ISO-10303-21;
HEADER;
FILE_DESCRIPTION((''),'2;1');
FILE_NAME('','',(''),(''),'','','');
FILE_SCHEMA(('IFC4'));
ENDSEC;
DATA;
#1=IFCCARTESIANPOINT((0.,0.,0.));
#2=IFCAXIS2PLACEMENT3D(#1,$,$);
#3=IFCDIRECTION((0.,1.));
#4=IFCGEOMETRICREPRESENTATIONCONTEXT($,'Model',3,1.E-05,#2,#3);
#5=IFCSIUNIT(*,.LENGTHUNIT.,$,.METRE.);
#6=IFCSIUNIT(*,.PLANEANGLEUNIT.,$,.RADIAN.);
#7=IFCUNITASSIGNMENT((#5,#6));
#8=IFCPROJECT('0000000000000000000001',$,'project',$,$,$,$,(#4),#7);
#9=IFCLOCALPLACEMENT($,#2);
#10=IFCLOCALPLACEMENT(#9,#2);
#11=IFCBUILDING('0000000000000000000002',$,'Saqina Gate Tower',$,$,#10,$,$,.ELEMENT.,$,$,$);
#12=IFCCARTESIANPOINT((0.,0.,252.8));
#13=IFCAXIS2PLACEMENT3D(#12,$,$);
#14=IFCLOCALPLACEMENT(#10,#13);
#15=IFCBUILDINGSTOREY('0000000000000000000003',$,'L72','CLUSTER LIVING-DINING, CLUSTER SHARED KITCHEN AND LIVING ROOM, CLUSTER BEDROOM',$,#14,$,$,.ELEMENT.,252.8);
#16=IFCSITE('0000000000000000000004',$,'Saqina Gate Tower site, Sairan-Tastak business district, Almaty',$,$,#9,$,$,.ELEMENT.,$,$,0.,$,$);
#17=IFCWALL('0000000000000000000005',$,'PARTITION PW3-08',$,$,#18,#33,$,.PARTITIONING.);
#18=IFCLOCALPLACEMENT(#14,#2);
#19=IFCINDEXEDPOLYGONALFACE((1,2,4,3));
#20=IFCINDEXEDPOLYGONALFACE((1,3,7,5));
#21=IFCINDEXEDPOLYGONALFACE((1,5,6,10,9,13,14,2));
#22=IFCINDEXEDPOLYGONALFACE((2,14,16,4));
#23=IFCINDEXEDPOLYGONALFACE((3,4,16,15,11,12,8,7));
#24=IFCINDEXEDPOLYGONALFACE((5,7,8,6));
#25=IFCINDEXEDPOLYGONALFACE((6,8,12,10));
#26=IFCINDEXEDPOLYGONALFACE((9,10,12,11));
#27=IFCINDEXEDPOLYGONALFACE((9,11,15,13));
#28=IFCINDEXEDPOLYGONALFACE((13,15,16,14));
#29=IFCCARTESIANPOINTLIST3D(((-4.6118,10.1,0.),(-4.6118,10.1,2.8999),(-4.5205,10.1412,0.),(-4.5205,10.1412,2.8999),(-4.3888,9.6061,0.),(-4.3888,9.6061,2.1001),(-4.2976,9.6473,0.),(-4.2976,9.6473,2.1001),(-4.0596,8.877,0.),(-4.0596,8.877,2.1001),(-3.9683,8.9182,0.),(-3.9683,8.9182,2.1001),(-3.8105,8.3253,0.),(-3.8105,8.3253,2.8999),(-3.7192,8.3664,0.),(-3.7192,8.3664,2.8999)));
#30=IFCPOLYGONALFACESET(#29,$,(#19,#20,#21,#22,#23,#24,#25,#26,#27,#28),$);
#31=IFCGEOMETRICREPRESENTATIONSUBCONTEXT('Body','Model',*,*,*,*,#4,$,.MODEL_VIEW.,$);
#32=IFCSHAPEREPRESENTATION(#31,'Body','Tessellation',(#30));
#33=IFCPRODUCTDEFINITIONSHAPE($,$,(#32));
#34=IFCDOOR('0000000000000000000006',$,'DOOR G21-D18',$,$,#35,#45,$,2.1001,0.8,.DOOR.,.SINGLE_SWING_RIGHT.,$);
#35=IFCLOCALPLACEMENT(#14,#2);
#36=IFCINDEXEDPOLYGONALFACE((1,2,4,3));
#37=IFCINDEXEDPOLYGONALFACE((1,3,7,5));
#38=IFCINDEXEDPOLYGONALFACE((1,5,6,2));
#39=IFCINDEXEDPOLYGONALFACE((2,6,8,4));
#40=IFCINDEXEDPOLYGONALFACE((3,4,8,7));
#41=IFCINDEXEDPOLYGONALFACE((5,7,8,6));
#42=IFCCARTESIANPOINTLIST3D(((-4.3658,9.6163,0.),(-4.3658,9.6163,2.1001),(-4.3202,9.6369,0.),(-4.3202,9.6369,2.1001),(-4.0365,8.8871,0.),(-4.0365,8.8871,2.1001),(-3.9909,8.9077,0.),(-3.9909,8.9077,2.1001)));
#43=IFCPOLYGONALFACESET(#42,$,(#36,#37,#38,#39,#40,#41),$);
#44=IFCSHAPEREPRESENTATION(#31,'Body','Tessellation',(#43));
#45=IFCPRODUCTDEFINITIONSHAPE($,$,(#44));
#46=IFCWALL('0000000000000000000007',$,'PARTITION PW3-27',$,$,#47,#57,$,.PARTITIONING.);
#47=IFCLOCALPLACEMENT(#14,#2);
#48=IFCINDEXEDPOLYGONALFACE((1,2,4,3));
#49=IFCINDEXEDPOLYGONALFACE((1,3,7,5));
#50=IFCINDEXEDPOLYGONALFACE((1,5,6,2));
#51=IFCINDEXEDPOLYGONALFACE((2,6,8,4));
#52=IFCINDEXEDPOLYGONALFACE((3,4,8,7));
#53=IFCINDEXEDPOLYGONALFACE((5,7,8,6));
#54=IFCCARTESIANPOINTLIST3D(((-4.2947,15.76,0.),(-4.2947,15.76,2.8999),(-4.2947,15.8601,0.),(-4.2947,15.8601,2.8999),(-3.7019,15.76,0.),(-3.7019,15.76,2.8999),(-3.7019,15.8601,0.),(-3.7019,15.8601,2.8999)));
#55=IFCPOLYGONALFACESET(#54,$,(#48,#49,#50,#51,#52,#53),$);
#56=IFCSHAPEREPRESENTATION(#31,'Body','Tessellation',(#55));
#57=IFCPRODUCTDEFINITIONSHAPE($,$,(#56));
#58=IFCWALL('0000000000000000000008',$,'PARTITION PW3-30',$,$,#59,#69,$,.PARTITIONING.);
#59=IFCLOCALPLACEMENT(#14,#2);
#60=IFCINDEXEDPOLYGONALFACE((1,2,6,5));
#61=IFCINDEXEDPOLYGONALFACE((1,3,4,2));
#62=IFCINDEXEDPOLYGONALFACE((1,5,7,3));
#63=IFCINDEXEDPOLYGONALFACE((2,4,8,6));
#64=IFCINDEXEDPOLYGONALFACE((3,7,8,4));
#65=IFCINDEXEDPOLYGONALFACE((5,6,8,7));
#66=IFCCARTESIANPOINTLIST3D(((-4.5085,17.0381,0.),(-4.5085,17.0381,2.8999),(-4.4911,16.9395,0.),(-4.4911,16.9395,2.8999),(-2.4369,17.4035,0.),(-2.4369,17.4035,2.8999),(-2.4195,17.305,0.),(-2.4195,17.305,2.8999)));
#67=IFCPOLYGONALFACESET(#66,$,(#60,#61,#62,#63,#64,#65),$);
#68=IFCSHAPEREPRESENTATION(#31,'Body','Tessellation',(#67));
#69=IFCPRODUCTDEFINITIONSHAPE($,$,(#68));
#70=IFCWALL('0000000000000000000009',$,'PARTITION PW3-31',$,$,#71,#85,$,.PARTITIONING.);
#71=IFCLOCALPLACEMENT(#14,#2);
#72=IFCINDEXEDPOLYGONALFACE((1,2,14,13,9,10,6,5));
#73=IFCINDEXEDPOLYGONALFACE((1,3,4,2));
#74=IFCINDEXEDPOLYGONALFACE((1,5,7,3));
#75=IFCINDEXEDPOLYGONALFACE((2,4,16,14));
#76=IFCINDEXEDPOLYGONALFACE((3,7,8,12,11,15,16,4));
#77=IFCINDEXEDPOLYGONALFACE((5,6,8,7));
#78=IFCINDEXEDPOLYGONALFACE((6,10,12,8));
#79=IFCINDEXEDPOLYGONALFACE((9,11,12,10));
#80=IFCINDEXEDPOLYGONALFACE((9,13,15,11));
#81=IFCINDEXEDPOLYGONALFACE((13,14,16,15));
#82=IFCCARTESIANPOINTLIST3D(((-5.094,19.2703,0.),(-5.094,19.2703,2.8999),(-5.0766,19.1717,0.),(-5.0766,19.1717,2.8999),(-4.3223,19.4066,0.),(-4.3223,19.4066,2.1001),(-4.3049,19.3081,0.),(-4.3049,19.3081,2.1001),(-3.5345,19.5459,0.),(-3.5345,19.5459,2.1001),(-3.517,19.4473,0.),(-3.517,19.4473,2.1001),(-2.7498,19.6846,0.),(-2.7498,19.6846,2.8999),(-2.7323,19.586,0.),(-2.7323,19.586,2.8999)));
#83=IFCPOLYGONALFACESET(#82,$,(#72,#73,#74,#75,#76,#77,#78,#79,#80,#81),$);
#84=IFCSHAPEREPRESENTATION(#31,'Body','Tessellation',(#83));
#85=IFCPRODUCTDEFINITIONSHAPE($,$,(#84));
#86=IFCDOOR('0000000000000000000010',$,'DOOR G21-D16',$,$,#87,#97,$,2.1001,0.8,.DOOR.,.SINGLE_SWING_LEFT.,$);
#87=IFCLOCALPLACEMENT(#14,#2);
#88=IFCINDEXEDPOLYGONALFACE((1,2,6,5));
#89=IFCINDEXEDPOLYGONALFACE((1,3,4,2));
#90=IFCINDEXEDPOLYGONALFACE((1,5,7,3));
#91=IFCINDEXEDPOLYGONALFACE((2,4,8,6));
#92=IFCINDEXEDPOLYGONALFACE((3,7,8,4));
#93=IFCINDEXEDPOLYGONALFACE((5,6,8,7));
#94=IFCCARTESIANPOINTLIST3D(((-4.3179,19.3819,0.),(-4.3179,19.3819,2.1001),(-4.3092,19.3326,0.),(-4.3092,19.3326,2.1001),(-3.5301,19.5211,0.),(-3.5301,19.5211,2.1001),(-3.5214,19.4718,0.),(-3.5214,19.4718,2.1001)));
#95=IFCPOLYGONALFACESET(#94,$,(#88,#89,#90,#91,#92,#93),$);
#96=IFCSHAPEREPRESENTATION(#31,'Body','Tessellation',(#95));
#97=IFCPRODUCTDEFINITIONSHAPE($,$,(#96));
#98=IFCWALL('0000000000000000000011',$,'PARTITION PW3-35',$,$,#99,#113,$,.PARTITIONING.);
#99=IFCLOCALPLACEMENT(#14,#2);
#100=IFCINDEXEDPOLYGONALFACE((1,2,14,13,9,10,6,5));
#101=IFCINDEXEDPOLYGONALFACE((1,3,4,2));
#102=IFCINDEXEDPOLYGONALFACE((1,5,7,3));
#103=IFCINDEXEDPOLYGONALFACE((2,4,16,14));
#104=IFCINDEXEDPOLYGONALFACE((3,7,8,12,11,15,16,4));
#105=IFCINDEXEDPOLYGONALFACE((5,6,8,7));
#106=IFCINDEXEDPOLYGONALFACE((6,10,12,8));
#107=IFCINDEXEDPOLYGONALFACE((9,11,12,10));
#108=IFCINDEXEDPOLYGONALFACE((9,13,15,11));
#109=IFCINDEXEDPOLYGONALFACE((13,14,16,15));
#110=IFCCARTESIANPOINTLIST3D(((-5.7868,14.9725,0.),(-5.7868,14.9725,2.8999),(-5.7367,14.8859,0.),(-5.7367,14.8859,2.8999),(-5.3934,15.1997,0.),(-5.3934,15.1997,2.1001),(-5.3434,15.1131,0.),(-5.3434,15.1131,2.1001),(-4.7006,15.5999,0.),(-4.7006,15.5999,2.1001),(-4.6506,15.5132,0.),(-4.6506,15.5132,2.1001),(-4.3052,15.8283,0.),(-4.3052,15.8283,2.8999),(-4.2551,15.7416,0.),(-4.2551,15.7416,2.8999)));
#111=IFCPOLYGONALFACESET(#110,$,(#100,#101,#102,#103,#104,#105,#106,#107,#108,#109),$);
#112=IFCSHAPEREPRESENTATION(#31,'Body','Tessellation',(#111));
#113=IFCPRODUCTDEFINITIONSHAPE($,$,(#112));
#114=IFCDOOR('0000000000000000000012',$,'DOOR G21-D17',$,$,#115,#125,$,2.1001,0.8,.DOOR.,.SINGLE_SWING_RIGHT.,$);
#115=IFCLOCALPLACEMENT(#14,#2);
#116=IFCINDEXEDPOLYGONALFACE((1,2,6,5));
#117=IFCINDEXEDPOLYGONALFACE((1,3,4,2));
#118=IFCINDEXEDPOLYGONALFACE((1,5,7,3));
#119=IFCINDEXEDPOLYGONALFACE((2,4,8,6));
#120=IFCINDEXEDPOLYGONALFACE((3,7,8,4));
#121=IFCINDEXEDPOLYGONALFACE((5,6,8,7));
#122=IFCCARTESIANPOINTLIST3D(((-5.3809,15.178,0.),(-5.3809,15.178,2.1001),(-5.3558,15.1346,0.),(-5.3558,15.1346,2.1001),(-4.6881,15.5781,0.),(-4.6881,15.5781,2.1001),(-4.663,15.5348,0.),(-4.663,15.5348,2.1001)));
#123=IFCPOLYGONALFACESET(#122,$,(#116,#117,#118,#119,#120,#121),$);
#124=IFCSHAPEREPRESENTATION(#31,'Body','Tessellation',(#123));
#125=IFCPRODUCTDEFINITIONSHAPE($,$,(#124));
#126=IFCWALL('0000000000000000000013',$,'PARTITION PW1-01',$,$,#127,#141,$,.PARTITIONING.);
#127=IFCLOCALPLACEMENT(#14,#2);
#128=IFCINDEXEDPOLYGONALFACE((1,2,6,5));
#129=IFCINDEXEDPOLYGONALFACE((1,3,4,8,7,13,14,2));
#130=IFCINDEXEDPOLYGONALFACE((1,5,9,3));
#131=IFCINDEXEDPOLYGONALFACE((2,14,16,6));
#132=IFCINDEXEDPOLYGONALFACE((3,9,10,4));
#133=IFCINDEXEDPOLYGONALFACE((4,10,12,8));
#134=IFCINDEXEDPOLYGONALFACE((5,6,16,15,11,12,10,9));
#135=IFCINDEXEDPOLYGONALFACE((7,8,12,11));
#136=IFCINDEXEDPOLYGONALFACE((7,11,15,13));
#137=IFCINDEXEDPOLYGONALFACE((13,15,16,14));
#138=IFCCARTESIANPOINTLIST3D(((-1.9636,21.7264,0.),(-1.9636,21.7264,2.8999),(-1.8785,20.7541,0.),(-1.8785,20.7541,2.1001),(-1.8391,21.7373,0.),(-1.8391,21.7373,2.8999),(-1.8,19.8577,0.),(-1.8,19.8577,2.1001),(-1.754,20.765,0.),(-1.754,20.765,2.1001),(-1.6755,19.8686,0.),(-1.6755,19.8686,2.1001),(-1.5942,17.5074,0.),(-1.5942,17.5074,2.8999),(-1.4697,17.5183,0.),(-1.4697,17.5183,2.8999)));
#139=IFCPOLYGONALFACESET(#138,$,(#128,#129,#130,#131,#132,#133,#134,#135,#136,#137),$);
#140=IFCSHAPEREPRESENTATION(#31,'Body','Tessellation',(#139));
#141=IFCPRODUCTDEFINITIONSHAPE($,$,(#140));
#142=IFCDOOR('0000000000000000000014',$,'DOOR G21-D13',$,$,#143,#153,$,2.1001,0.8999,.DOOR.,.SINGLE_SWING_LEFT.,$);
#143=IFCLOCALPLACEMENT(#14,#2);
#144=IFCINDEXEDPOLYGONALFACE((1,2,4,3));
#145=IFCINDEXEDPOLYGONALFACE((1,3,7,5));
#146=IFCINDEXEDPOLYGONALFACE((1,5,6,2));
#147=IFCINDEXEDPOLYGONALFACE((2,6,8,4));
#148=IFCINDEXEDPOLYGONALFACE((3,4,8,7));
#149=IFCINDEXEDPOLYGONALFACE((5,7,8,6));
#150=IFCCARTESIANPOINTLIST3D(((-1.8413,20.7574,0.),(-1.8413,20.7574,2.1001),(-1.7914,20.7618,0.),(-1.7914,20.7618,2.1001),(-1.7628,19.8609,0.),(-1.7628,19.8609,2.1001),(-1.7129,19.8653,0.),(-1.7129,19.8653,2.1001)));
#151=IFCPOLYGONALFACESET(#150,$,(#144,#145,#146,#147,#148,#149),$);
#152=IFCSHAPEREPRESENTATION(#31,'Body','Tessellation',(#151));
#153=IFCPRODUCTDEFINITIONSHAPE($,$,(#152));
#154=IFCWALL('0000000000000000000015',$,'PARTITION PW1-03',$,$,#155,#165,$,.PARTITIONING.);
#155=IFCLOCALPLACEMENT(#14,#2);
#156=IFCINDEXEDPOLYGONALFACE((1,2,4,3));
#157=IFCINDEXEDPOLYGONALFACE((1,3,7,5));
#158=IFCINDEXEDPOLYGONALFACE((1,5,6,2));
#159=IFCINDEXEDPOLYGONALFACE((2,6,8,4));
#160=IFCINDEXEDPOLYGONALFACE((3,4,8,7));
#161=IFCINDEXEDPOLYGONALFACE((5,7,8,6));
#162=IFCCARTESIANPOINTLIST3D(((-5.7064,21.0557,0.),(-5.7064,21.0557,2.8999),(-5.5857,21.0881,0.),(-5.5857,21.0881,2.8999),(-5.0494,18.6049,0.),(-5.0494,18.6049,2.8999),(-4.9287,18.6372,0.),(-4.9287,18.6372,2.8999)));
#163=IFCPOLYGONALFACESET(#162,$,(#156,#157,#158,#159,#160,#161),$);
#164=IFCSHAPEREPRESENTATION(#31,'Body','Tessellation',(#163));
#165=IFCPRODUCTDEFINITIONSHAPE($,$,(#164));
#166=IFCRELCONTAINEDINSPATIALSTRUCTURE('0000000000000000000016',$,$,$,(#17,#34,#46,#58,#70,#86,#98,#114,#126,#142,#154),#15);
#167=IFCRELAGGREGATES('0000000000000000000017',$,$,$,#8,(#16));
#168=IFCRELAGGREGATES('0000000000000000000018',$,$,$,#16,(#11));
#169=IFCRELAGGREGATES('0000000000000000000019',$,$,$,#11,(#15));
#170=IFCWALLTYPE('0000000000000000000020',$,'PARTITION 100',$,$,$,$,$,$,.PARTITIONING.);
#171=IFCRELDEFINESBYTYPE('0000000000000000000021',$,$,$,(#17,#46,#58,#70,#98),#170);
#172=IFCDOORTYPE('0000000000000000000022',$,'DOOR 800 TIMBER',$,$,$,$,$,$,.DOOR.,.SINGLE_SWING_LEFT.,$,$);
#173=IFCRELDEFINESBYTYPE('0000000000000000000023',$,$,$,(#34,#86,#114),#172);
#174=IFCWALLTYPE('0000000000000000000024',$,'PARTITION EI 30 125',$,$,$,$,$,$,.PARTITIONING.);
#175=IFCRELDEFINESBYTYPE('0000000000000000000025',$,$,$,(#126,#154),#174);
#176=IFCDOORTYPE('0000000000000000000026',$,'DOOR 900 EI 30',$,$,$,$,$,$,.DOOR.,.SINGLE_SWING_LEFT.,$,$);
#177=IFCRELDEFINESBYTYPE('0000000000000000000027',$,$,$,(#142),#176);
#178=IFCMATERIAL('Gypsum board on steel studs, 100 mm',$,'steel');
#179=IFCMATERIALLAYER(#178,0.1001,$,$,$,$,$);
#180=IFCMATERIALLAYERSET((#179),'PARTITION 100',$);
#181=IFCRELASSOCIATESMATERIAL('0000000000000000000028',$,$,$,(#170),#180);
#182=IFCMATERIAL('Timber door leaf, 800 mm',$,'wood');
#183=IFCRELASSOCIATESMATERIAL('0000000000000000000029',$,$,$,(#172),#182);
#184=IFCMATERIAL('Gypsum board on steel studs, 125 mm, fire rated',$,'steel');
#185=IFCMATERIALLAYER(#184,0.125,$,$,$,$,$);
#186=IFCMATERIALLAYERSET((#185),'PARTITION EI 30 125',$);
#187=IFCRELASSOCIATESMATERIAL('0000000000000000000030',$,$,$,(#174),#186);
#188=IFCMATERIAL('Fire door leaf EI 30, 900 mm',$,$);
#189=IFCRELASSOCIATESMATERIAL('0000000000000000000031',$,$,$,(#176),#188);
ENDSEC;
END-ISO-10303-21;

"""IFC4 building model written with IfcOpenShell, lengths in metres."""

from ifc_helpers import new_model, si_unit, direction, frame, frame_2d, origin, place, context, subcontext, project, spatial, rectangle, extrude, material, layer, layer_set, type_object, element, fill, save


model = new_model("IFC4")

# Units and contexts
model_context = context("Model", 3, precision=1e-05, world=origin(), true_north=direction((0.0, 1.0)))
body_context = subcontext(model_context, "Body", "Model", "MODEL_VIEW")
ifc_project = project(units=[si_unit("LENGTHUNIT", "METRE"), si_unit("PLANEANGLEUNIT", "RADIAN")], contexts=[model_context])

# Site, building, storey
site_placement = place(None, origin())
site = spatial("IfcSite", under=ifc_project, at=site_placement, Name="Saqina Gate Tower site, Sairan-Tastak business district, Almaty", CompositionType="ELEMENT", RefElevation=0.0)
building_placement = place(site_placement, origin())
building = spatial("IfcBuilding", under=site, at=building_placement, Name="Saqina Gate Tower", CompositionType="ELEMENT")
storey_placement = place(building_placement, frame((0.0, 0.0, 252.8)))
storey = spatial("IfcBuildingStorey", under=building, at=storey_placement, Name="L72", Description="CLUSTER LIVING-DINING, CLUSTER SHARED KITCHEN AND LIVING ROOM, CLUSTER BEDROOM", CompositionType="ELEMENT", Elevation=252.8)

# Shared definitions
ifc_material_1 = material(Name="Gypsum board on steel studs, 100 mm", Category="steel")
ifc_layer_1 = layer(ifc_material_1, 0.1001)
ifc_layer_set_1 = layer_set([ifc_layer_1], Name="PARTITION 100")
wall_type_1 = type_object("IfcWallType", Name="PARTITION 100", PredefinedType="PARTITIONING", material=ifc_layer_set_1)
ifc_material_2 = material(Name="Timber door leaf, 800 mm", Category="wood")
door_type_1 = type_object("IfcDoorType", Name="DOOR 800 TIMBER", OperationType="SINGLE_SWING_LEFT", PredefinedType="DOOR", material=ifc_material_2)

# Wall, opening, door
wall_1_placement = place(storey_placement, frame((-4.5662, 10.1206, 0.0), z_axis=(0.0, 0.0, 1.0), x_axis=(0.411506, -0.911407, 0.0)))
wall_1 = element("IfcWall", 1, at=wall_1_placement, inside=storey, type_object=wall_type_1, Name="PARTITION PW3-08", PredefinedType="PARTITIONING", context=body_context, shape_type="SweptSolid", body=[
    extrude(rectangle(XDim=1.9473, YDim=0.1001, at=frame_2d((0.9736, 0.0))), origin(), (0.0, 0.0, 1.0), 2.8999),
])
opening_1_placement = place(wall_1_placement, frame((0.542, 0.0, 0.0)))
opening_1 = element("IfcOpeningElement", 2, at=opening_1_placement, cuts=wall_1, PredefinedType="OPENING", context=body_context, shape_type="SweptSolid", body=[
    extrude(rectangle(XDim=0.8, YDim=2.1001, at=frame_2d((0.3999, 1.05))), frame((0.0, 0.062, 0.0), z_axis=(0.0, -1.0, 0.0), x_axis=(1.0, 0.0, 0.0)), (0.0, 0.0, 1.0), 0.124),
])
door_1_placement = place(opening_1_placement, frame((0.8, 0.0, 0.0), z_axis=(0.0, 0.0, 1.0), x_axis=(-1.0, 0.0, 0.0)))
door_1 = element("IfcDoor", 3, at=door_1_placement, inside=storey, type_object=door_type_1, Name="DOOR G21-D18", OperationType="SINGLE_SWING_RIGHT", OverallHeight=2.1001, OverallWidth=0.8, PredefinedType="DOOR", context=body_context, shape_type="SweptSolid", body=[
    extrude(rectangle(XDim=0.8, YDim=2.1001, at=frame_2d((0.3999, 1.05))), frame((0.0, 0.0249, 0.0), z_axis=(0.0, -1.0, 0.0), x_axis=(1.0, 0.0, 0.0)), (0.0, 0.0, 1.0), 0.05),
])
fill(opening_1, door_1)

# Walls
wall_2_placement = place(storey_placement, frame((-4.2947, 15.8101, 0.0), z_axis=(0.0, 0.0, 1.0), x_axis=(1.0, 0.0, 0.0)))
element("IfcWall", 4, at=wall_2_placement, inside=storey, type_object=wall_type_1, Name="PARTITION PW3-27", PredefinedType="PARTITIONING", context=body_context, shape_type="SweptSolid", body=[
    extrude(rectangle(XDim=0.5928, YDim=0.1001, at=frame_2d((0.2964, 0.0))), origin(), (0.0, 0.0, 1.0), 2.8999),
])
wall_3_placement = place(storey_placement, frame((-4.4998, 16.9888, 0.0), z_axis=(0.0, 0.0, 1.0), x_axis=(0.984791, 0.173746, 0.0)))
element("IfcWall", 5, at=wall_3_placement, inside=storey, type_object=wall_type_1, Name="PARTITION PW3-30", PredefinedType="PARTITIONING", context=body_context, shape_type="SweptSolid", body=[
    extrude(rectangle(XDim=2.1035, YDim=0.1001, at=frame_2d((1.0518, 0.0))), origin(), (0.0, 0.0, 1.0), 2.8999),
])

# Walls, openings, doors
wall_4_placement = place(storey_placement, frame((-5.0854, 19.2209, 0.0), z_axis=(0.0, 0.0, 1.0), x_axis=(0.984739, 0.174037, 0.0)))
wall_4 = element("IfcWall", 6, at=wall_4_placement, inside=storey, type_object=wall_type_1, Name="PARTITION PW3-31", PredefinedType="PARTITIONING", context=body_context, shape_type="SweptSolid", body=[
    extrude(rectangle(XDim=2.3806, YDim=0.1001, at=frame_2d((1.1904, 0.0))), origin(), (0.0, 0.0, 1.0), 2.8999),
])
opening_2_placement = place(wall_4_placement, frame((0.7839, 0.0, 0.0)))
opening_2 = element("IfcOpeningElement", 7, at=opening_2_placement, cuts=wall_4, PredefinedType="OPENING", context=body_context, shape_type="SweptSolid", body=[
    extrude(rectangle(XDim=0.8, YDim=2.1001, at=frame_2d((0.3999, 1.05))), frame((0.0, 0.062, 0.0), z_axis=(0.0, -1.0, 0.0), x_axis=(1.0, 0.0, 0.0)), (0.0, 0.0, 1.0), 0.124),
])
door_2_placement = place(opening_2_placement, origin())
door_2 = element("IfcDoor", 8, at=door_2_placement, inside=storey, type_object=door_type_1, Name="DOOR G21-D16", OperationType="SINGLE_SWING_LEFT", OverallHeight=2.1001, OverallWidth=0.8, PredefinedType="DOOR", context=body_context, shape_type="SweptSolid", body=[
    extrude(rectangle(XDim=0.8, YDim=2.1001, at=frame_2d((0.3999, 1.05))), frame((0.0, 0.0249, 0.0), z_axis=(0.0, -1.0, 0.0), x_axis=(1.0, 0.0, 0.0)), (0.0, 0.0, 1.0), 0.05),
])
fill(opening_2, door_2)
wall_5_placement = place(storey_placement, frame((-5.7617, 14.9292, 0.0), z_axis=(0.0, 0.0, 1.0), x_axis=(0.865924, 0.500175, 0.0)))
wall_5 = element("IfcWall", 9, at=wall_5_placement, inside=storey, type_object=wall_type_1, Name="PARTITION PW3-35", PredefinedType="PARTITIONING", context=body_context, shape_type="SweptSolid", body=[
    extrude(rectangle(XDim=1.7109, YDim=0.1001, at=frame_2d((0.8555, 0.0))), origin(), (0.0, 0.0, 1.0), 2.8999),
])
opening_3_placement = place(wall_5_placement, frame((0.4543, 0.0, 0.0)))
opening_3 = element("IfcOpeningElement", 10, at=opening_3_placement, cuts=wall_5, PredefinedType="OPENING", context=body_context, shape_type="SweptSolid", body=[
    extrude(rectangle(XDim=0.8, YDim=2.1001, at=frame_2d((0.3999, 1.05))), frame((0.0, 0.062, 0.0), z_axis=(0.0, -1.0, 0.0), x_axis=(1.0, 0.0, 0.0)), (0.0, 0.0, 1.0), 0.124),
])
door_3_placement = place(opening_3_placement, origin())
door_3 = element("IfcDoor", 11, at=door_3_placement, inside=storey, type_object=door_type_1, Name="DOOR G21-D17", OperationType="SINGLE_SWING_RIGHT", OverallHeight=2.1001, OverallWidth=0.8, PredefinedType="DOOR", context=body_context, shape_type="SweptSolid", body=[
    extrude(rectangle(XDim=0.8, YDim=2.1001, at=frame_2d((0.3999, 1.05))), frame((0.0, 0.0249, 0.0), z_axis=(0.0, -1.0, 0.0), x_axis=(1.0, 0.0, 0.0)), (0.0, 0.0, 1.0), 0.05),
])
fill(opening_3, door_3)
ifc_material_3 = material(Name="Gypsum board on steel studs, 125 mm, fire rated", Category="steel")
ifc_layer_2 = layer(ifc_material_3, 0.125)
ifc_layer_set_2 = layer_set([ifc_layer_2], Name="PARTITION EI 30 125")
wall_type_2 = type_object("IfcWallType", Name="PARTITION EI 30 125", PredefinedType="PARTITIONING", material=ifc_layer_set_2)
wall_6_placement = place(storey_placement, frame((-1.9014, 21.7319, 0.0), z_axis=(0.0, 0.0, 1.0), x_axis=(0.087219, -0.996189, 0.0)))
wall_6 = element("IfcWall", 12, at=wall_6_placement, inside=storey, type_object=wall_type_2, Name="PARTITION PW1-01", PredefinedType="PARTITIONING", context=body_context, shape_type="SweptSolid", body=[
    extrude(rectangle(XDim=4.2351, YDim=0.125, at=frame_2d((2.1177, 0.0))), origin(), (0.0, 0.0, 1.0), 2.8999),
])
opening_4_placement = place(wall_6_placement, frame((0.9761, 0.0, 0.0)))
opening_4 = element("IfcOpeningElement", 13, at=opening_4_placement, cuts=wall_6, PredefinedType="OPENING", context=body_context, shape_type="SweptSolid", body=[
    extrude(rectangle(XDim=0.8999, YDim=2.1001, at=frame_2d((0.45, 1.05))), frame((0.0, 0.0745, 0.0), z_axis=(0.0, -1.0, 0.0), x_axis=(1.0, 0.0, 0.0)), (0.0, 0.0, 1.0), 0.1489),
])
ifc_material_4 = material(Name="Fire door leaf EI 30, 900 mm")
door_type_2 = type_object("IfcDoorType", Name="DOOR 900 EI 30", OperationType="SINGLE_SWING_LEFT", PredefinedType="DOOR", material=ifc_material_4)
door_4_placement = place(opening_4_placement, origin())
door_4 = element("IfcDoor", 14, at=door_4_placement, inside=storey, type_object=door_type_2, Name="DOOR G21-D13", OperationType="SINGLE_SWING_LEFT", OverallHeight=2.1001, OverallWidth=0.8999, PredefinedType="DOOR", context=body_context, shape_type="SweptSolid", body=[
    extrude(rectangle(XDim=0.8999, YDim=2.1001, at=frame_2d((0.45, 1.05))), frame((0.0, 0.0249, 0.0), z_axis=(0.0, -1.0, 0.0), x_axis=(1.0, 0.0, 0.0)), (0.0, 0.0, 1.0), 0.05),
])
fill(opening_4, door_4)

# Wall
wall_7_placement = place(storey_placement, frame((-5.646, 21.0718, 0.0), z_axis=(0.0, 0.0, 1.0), x_axis=(0.258914, -0.9659, 0.0)))
element("IfcWall", 15, at=wall_7_placement, inside=storey, type_object=wall_type_2, Name="PARTITION PW1-03", PredefinedType="PARTITIONING", context=body_context, shape_type="SweptSolid", body=[
    extrude(rectangle(XDim=2.5374, YDim=0.125, at=frame_2d((1.2686, 0.0))), origin(), (0.0, 0.0, 1.0), 2.8999),
])

save(model, "model.ifc")
